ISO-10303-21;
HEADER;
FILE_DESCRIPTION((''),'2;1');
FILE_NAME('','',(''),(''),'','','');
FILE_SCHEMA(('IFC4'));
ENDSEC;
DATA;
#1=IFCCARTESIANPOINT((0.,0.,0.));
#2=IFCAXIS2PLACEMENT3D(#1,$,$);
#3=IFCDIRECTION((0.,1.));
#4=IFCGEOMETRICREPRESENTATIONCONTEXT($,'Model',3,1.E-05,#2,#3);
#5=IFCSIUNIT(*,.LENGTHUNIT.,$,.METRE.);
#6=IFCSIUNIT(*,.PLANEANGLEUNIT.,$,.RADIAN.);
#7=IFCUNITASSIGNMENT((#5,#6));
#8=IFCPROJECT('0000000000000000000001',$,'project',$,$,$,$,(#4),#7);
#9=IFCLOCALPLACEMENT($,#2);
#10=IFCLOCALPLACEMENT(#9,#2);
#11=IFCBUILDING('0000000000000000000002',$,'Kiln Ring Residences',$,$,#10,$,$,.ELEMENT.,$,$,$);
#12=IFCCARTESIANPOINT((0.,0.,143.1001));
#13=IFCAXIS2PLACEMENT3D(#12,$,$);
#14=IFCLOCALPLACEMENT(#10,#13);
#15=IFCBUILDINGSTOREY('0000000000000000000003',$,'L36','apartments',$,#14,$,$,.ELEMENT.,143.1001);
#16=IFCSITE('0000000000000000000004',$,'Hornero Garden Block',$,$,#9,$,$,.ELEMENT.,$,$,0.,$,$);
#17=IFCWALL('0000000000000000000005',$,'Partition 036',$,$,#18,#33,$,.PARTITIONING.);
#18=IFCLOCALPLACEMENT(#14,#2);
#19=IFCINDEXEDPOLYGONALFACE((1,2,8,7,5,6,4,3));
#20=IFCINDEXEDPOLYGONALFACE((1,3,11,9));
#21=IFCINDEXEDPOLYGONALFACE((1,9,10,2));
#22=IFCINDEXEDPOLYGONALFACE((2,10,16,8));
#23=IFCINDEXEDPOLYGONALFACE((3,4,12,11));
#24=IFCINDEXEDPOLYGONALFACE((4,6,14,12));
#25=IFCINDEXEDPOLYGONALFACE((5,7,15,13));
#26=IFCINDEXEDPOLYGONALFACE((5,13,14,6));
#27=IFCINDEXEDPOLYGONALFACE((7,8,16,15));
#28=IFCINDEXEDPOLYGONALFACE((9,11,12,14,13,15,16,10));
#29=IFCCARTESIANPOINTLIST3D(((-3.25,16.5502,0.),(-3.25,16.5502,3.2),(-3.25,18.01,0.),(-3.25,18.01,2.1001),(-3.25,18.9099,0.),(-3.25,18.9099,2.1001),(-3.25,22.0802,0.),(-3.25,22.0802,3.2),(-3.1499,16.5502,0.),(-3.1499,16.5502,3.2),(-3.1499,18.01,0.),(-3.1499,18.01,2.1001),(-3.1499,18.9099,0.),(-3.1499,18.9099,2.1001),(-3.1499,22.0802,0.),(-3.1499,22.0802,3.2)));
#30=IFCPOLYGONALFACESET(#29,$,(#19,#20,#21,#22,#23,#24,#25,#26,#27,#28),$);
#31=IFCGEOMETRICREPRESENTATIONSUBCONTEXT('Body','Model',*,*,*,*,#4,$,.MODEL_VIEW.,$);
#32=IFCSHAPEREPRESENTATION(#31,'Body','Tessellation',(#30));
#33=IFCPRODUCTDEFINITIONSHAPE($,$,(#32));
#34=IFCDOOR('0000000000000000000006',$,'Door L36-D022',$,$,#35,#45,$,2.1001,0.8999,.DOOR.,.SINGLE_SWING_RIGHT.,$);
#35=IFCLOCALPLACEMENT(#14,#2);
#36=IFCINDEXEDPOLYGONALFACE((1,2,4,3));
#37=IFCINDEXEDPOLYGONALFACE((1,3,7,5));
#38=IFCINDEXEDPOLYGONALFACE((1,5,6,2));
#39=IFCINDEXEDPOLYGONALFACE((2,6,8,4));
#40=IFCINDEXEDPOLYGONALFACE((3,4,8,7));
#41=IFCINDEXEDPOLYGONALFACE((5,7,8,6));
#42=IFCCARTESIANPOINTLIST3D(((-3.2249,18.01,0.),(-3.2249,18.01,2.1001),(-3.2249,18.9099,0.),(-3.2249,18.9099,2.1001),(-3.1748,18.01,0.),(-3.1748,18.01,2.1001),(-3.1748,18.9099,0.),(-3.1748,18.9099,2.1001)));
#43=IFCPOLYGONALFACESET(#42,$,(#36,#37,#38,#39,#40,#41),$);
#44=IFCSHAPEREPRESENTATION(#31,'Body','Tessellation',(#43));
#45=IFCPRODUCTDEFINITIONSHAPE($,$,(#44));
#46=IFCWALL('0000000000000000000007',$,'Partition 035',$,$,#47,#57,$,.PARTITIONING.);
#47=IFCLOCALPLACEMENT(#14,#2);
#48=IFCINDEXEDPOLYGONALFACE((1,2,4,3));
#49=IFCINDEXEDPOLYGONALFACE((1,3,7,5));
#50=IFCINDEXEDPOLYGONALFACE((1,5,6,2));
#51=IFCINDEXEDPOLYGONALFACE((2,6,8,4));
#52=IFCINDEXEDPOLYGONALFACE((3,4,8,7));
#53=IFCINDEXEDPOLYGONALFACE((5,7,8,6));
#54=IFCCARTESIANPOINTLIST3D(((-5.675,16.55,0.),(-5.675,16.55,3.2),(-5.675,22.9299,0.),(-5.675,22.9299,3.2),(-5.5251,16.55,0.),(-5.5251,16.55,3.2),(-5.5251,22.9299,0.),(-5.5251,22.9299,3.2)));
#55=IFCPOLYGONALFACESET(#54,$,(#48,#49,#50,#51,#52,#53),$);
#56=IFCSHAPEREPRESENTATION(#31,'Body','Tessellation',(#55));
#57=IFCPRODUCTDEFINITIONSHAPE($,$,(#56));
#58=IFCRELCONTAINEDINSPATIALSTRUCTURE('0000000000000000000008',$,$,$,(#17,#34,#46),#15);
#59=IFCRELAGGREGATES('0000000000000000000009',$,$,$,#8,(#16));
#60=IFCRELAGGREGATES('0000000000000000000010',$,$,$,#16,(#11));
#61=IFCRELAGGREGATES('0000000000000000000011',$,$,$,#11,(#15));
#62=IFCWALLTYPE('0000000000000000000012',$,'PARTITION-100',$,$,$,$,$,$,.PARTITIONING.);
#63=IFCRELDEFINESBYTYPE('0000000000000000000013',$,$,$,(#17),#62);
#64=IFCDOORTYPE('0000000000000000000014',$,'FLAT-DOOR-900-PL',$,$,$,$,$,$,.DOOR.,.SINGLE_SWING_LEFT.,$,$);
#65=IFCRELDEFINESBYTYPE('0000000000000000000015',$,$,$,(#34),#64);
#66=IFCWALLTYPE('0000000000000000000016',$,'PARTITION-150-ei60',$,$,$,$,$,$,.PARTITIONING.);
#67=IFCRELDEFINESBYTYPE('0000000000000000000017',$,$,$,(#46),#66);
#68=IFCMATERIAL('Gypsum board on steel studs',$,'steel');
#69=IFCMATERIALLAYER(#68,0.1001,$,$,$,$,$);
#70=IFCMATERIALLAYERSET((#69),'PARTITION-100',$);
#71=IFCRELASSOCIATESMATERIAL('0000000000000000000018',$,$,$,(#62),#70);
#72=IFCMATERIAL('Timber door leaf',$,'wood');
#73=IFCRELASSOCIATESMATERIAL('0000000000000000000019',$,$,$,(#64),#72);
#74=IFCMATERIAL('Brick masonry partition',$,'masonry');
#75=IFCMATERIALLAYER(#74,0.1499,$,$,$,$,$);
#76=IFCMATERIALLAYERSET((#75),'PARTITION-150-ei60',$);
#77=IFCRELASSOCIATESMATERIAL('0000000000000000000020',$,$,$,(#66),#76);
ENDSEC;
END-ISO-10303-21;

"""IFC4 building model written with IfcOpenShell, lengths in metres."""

from ifc_helpers import new_model, si_unit, direction, frame, frame_2d, origin, place, context, subcontext, project, spatial, rectangle, extrude, material, layer, layer_set, type_object, element, fill, save


model = new_model("IFC4")

# Units and contexts
model_context = context("Model", 3, precision=1e-05, world=origin(), true_north=direction((0.0, 1.0)))
body_context = subcontext(model_context, "Body", "Model", "MODEL_VIEW")
ifc_project = project(units=[si_unit("LENGTHUNIT", "METRE"), si_unit("PLANEANGLEUNIT", "RADIAN")], contexts=[model_context])

# Site, building, storey
site_placement = place(None, origin())
site = spatial("IfcSite", under=ifc_project, at=site_placement, Name="Hornero Garden Block", CompositionType="ELEMENT", RefElevation=0.0)
building_placement = place(site_placement, origin())
building = spatial("IfcBuilding", under=site, at=building_placement, Name="Kiln Ring Residences", CompositionType="ELEMENT")
storey_placement = place(building_placement, frame((0.0, 0.0, 143.1001)))
storey = spatial("IfcBuildingStorey", under=building, at=storey_placement, Name="L36", Description="apartments", CompositionType="ELEMENT", Elevation=143.1001)

# Wall, opening, door
ifc_material_1 = material(Name="Gypsum board on steel studs", Category="steel")
ifc_layer_1 = layer(ifc_material_1, 0.1001)
ifc_layer_set_1 = layer_set([ifc_layer_1], Name="PARTITION-100")
wall_type_1 = type_object("IfcWallType", Name="PARTITION-100", PredefinedType="PARTITIONING", material=ifc_layer_set_1)
wall_1_placement = place(storey_placement, frame((-3.2, 16.55, 0.0), z_axis=(0.0, 0.0, 1.0), x_axis=(0.0, 1.0, 0.0)))
wall_1 = element("IfcWall", 1, at=wall_1_placement, inside=storey, type_object=wall_type_1, Name="Partition 036", PredefinedType="PARTITIONING", context=body_context, shape_type="SweptSolid", body=[
    extrude(rectangle(XDim=5.53, YDim=0.1001, at=frame_2d((2.7651, 0.0))), origin(), (0.0, 0.0, 1.0), 3.2),
])
opening_1_placement = place(wall_1_placement, frame((1.46, 0.0, 0.0)))
opening_1 = element("IfcOpeningElement", 2, at=opening_1_placement, cuts=wall_1, PredefinedType="OPENING", context=body_context, shape_type="SweptSolid", body=[
    extrude(rectangle(XDim=0.8999, YDim=2.1001, at=frame_2d((0.45, 1.05))), frame((0.0, 0.0601, 0.0), z_axis=(0.0, -1.0, 0.0), x_axis=(1.0, 0.0, 0.0)), (0.0, 0.0, 1.0), 0.1201),
])
ifc_material_2 = material(Name="Timber door leaf", Category="wood")
door_type = type_object("IfcDoorType", Name="FLAT-DOOR-900-PL", OperationType="SINGLE_SWING_LEFT", PredefinedType="DOOR", material=ifc_material_2)
door_placement = place(opening_1_placement, origin())
door = element("IfcDoor", 3, at=door_placement, inside=storey, type_object=door_type, Name="Door L36-D022", OperationType="SINGLE_SWING_RIGHT", OverallHeight=2.1001, OverallWidth=0.8999, PredefinedType="DOOR", context=body_context, shape_type="SweptSolid", body=[
    extrude(rectangle(XDim=0.8999, YDim=2.1001, at=frame_2d((0.45, 1.05))), frame((0.0, 0.0249, 0.0), z_axis=(0.0, -1.0, 0.0), x_axis=(1.0, 0.0, 0.0)), (0.0, 0.0, 1.0), 0.05),
])
fill(opening_1, door)

# Wall
ifc_material_3 = material(Name="Brick masonry partition", Category="masonry")
ifc_layer_2 = layer(ifc_material_3, 0.1499)
ifc_layer_set_2 = layer_set([ifc_layer_2], Name="PARTITION-150-ei60")
wall_type_2 = type_object("IfcWallType", Name="PARTITION-150-ei60", PredefinedType="PARTITIONING", material=ifc_layer_set_2)
wall_2_placement = place(storey_placement, frame((-5.6001, 16.55, 0.0), z_axis=(0.0, 0.0, 1.0), x_axis=(0.0, 1.0, 0.0)))
element("IfcWall", 4, at=wall_2_placement, inside=storey, type_object=wall_type_2, Name="Partition 035", PredefinedType="PARTITIONING", context=body_context, shape_type="SweptSolid", body=[
    extrude(rectangle(XDim=6.3799, YDim=0.1499, at=frame_2d((3.1899, 0.0))), origin(), (0.0, 0.0, 1.0), 3.2),
])

save(model, "model.ifc")
